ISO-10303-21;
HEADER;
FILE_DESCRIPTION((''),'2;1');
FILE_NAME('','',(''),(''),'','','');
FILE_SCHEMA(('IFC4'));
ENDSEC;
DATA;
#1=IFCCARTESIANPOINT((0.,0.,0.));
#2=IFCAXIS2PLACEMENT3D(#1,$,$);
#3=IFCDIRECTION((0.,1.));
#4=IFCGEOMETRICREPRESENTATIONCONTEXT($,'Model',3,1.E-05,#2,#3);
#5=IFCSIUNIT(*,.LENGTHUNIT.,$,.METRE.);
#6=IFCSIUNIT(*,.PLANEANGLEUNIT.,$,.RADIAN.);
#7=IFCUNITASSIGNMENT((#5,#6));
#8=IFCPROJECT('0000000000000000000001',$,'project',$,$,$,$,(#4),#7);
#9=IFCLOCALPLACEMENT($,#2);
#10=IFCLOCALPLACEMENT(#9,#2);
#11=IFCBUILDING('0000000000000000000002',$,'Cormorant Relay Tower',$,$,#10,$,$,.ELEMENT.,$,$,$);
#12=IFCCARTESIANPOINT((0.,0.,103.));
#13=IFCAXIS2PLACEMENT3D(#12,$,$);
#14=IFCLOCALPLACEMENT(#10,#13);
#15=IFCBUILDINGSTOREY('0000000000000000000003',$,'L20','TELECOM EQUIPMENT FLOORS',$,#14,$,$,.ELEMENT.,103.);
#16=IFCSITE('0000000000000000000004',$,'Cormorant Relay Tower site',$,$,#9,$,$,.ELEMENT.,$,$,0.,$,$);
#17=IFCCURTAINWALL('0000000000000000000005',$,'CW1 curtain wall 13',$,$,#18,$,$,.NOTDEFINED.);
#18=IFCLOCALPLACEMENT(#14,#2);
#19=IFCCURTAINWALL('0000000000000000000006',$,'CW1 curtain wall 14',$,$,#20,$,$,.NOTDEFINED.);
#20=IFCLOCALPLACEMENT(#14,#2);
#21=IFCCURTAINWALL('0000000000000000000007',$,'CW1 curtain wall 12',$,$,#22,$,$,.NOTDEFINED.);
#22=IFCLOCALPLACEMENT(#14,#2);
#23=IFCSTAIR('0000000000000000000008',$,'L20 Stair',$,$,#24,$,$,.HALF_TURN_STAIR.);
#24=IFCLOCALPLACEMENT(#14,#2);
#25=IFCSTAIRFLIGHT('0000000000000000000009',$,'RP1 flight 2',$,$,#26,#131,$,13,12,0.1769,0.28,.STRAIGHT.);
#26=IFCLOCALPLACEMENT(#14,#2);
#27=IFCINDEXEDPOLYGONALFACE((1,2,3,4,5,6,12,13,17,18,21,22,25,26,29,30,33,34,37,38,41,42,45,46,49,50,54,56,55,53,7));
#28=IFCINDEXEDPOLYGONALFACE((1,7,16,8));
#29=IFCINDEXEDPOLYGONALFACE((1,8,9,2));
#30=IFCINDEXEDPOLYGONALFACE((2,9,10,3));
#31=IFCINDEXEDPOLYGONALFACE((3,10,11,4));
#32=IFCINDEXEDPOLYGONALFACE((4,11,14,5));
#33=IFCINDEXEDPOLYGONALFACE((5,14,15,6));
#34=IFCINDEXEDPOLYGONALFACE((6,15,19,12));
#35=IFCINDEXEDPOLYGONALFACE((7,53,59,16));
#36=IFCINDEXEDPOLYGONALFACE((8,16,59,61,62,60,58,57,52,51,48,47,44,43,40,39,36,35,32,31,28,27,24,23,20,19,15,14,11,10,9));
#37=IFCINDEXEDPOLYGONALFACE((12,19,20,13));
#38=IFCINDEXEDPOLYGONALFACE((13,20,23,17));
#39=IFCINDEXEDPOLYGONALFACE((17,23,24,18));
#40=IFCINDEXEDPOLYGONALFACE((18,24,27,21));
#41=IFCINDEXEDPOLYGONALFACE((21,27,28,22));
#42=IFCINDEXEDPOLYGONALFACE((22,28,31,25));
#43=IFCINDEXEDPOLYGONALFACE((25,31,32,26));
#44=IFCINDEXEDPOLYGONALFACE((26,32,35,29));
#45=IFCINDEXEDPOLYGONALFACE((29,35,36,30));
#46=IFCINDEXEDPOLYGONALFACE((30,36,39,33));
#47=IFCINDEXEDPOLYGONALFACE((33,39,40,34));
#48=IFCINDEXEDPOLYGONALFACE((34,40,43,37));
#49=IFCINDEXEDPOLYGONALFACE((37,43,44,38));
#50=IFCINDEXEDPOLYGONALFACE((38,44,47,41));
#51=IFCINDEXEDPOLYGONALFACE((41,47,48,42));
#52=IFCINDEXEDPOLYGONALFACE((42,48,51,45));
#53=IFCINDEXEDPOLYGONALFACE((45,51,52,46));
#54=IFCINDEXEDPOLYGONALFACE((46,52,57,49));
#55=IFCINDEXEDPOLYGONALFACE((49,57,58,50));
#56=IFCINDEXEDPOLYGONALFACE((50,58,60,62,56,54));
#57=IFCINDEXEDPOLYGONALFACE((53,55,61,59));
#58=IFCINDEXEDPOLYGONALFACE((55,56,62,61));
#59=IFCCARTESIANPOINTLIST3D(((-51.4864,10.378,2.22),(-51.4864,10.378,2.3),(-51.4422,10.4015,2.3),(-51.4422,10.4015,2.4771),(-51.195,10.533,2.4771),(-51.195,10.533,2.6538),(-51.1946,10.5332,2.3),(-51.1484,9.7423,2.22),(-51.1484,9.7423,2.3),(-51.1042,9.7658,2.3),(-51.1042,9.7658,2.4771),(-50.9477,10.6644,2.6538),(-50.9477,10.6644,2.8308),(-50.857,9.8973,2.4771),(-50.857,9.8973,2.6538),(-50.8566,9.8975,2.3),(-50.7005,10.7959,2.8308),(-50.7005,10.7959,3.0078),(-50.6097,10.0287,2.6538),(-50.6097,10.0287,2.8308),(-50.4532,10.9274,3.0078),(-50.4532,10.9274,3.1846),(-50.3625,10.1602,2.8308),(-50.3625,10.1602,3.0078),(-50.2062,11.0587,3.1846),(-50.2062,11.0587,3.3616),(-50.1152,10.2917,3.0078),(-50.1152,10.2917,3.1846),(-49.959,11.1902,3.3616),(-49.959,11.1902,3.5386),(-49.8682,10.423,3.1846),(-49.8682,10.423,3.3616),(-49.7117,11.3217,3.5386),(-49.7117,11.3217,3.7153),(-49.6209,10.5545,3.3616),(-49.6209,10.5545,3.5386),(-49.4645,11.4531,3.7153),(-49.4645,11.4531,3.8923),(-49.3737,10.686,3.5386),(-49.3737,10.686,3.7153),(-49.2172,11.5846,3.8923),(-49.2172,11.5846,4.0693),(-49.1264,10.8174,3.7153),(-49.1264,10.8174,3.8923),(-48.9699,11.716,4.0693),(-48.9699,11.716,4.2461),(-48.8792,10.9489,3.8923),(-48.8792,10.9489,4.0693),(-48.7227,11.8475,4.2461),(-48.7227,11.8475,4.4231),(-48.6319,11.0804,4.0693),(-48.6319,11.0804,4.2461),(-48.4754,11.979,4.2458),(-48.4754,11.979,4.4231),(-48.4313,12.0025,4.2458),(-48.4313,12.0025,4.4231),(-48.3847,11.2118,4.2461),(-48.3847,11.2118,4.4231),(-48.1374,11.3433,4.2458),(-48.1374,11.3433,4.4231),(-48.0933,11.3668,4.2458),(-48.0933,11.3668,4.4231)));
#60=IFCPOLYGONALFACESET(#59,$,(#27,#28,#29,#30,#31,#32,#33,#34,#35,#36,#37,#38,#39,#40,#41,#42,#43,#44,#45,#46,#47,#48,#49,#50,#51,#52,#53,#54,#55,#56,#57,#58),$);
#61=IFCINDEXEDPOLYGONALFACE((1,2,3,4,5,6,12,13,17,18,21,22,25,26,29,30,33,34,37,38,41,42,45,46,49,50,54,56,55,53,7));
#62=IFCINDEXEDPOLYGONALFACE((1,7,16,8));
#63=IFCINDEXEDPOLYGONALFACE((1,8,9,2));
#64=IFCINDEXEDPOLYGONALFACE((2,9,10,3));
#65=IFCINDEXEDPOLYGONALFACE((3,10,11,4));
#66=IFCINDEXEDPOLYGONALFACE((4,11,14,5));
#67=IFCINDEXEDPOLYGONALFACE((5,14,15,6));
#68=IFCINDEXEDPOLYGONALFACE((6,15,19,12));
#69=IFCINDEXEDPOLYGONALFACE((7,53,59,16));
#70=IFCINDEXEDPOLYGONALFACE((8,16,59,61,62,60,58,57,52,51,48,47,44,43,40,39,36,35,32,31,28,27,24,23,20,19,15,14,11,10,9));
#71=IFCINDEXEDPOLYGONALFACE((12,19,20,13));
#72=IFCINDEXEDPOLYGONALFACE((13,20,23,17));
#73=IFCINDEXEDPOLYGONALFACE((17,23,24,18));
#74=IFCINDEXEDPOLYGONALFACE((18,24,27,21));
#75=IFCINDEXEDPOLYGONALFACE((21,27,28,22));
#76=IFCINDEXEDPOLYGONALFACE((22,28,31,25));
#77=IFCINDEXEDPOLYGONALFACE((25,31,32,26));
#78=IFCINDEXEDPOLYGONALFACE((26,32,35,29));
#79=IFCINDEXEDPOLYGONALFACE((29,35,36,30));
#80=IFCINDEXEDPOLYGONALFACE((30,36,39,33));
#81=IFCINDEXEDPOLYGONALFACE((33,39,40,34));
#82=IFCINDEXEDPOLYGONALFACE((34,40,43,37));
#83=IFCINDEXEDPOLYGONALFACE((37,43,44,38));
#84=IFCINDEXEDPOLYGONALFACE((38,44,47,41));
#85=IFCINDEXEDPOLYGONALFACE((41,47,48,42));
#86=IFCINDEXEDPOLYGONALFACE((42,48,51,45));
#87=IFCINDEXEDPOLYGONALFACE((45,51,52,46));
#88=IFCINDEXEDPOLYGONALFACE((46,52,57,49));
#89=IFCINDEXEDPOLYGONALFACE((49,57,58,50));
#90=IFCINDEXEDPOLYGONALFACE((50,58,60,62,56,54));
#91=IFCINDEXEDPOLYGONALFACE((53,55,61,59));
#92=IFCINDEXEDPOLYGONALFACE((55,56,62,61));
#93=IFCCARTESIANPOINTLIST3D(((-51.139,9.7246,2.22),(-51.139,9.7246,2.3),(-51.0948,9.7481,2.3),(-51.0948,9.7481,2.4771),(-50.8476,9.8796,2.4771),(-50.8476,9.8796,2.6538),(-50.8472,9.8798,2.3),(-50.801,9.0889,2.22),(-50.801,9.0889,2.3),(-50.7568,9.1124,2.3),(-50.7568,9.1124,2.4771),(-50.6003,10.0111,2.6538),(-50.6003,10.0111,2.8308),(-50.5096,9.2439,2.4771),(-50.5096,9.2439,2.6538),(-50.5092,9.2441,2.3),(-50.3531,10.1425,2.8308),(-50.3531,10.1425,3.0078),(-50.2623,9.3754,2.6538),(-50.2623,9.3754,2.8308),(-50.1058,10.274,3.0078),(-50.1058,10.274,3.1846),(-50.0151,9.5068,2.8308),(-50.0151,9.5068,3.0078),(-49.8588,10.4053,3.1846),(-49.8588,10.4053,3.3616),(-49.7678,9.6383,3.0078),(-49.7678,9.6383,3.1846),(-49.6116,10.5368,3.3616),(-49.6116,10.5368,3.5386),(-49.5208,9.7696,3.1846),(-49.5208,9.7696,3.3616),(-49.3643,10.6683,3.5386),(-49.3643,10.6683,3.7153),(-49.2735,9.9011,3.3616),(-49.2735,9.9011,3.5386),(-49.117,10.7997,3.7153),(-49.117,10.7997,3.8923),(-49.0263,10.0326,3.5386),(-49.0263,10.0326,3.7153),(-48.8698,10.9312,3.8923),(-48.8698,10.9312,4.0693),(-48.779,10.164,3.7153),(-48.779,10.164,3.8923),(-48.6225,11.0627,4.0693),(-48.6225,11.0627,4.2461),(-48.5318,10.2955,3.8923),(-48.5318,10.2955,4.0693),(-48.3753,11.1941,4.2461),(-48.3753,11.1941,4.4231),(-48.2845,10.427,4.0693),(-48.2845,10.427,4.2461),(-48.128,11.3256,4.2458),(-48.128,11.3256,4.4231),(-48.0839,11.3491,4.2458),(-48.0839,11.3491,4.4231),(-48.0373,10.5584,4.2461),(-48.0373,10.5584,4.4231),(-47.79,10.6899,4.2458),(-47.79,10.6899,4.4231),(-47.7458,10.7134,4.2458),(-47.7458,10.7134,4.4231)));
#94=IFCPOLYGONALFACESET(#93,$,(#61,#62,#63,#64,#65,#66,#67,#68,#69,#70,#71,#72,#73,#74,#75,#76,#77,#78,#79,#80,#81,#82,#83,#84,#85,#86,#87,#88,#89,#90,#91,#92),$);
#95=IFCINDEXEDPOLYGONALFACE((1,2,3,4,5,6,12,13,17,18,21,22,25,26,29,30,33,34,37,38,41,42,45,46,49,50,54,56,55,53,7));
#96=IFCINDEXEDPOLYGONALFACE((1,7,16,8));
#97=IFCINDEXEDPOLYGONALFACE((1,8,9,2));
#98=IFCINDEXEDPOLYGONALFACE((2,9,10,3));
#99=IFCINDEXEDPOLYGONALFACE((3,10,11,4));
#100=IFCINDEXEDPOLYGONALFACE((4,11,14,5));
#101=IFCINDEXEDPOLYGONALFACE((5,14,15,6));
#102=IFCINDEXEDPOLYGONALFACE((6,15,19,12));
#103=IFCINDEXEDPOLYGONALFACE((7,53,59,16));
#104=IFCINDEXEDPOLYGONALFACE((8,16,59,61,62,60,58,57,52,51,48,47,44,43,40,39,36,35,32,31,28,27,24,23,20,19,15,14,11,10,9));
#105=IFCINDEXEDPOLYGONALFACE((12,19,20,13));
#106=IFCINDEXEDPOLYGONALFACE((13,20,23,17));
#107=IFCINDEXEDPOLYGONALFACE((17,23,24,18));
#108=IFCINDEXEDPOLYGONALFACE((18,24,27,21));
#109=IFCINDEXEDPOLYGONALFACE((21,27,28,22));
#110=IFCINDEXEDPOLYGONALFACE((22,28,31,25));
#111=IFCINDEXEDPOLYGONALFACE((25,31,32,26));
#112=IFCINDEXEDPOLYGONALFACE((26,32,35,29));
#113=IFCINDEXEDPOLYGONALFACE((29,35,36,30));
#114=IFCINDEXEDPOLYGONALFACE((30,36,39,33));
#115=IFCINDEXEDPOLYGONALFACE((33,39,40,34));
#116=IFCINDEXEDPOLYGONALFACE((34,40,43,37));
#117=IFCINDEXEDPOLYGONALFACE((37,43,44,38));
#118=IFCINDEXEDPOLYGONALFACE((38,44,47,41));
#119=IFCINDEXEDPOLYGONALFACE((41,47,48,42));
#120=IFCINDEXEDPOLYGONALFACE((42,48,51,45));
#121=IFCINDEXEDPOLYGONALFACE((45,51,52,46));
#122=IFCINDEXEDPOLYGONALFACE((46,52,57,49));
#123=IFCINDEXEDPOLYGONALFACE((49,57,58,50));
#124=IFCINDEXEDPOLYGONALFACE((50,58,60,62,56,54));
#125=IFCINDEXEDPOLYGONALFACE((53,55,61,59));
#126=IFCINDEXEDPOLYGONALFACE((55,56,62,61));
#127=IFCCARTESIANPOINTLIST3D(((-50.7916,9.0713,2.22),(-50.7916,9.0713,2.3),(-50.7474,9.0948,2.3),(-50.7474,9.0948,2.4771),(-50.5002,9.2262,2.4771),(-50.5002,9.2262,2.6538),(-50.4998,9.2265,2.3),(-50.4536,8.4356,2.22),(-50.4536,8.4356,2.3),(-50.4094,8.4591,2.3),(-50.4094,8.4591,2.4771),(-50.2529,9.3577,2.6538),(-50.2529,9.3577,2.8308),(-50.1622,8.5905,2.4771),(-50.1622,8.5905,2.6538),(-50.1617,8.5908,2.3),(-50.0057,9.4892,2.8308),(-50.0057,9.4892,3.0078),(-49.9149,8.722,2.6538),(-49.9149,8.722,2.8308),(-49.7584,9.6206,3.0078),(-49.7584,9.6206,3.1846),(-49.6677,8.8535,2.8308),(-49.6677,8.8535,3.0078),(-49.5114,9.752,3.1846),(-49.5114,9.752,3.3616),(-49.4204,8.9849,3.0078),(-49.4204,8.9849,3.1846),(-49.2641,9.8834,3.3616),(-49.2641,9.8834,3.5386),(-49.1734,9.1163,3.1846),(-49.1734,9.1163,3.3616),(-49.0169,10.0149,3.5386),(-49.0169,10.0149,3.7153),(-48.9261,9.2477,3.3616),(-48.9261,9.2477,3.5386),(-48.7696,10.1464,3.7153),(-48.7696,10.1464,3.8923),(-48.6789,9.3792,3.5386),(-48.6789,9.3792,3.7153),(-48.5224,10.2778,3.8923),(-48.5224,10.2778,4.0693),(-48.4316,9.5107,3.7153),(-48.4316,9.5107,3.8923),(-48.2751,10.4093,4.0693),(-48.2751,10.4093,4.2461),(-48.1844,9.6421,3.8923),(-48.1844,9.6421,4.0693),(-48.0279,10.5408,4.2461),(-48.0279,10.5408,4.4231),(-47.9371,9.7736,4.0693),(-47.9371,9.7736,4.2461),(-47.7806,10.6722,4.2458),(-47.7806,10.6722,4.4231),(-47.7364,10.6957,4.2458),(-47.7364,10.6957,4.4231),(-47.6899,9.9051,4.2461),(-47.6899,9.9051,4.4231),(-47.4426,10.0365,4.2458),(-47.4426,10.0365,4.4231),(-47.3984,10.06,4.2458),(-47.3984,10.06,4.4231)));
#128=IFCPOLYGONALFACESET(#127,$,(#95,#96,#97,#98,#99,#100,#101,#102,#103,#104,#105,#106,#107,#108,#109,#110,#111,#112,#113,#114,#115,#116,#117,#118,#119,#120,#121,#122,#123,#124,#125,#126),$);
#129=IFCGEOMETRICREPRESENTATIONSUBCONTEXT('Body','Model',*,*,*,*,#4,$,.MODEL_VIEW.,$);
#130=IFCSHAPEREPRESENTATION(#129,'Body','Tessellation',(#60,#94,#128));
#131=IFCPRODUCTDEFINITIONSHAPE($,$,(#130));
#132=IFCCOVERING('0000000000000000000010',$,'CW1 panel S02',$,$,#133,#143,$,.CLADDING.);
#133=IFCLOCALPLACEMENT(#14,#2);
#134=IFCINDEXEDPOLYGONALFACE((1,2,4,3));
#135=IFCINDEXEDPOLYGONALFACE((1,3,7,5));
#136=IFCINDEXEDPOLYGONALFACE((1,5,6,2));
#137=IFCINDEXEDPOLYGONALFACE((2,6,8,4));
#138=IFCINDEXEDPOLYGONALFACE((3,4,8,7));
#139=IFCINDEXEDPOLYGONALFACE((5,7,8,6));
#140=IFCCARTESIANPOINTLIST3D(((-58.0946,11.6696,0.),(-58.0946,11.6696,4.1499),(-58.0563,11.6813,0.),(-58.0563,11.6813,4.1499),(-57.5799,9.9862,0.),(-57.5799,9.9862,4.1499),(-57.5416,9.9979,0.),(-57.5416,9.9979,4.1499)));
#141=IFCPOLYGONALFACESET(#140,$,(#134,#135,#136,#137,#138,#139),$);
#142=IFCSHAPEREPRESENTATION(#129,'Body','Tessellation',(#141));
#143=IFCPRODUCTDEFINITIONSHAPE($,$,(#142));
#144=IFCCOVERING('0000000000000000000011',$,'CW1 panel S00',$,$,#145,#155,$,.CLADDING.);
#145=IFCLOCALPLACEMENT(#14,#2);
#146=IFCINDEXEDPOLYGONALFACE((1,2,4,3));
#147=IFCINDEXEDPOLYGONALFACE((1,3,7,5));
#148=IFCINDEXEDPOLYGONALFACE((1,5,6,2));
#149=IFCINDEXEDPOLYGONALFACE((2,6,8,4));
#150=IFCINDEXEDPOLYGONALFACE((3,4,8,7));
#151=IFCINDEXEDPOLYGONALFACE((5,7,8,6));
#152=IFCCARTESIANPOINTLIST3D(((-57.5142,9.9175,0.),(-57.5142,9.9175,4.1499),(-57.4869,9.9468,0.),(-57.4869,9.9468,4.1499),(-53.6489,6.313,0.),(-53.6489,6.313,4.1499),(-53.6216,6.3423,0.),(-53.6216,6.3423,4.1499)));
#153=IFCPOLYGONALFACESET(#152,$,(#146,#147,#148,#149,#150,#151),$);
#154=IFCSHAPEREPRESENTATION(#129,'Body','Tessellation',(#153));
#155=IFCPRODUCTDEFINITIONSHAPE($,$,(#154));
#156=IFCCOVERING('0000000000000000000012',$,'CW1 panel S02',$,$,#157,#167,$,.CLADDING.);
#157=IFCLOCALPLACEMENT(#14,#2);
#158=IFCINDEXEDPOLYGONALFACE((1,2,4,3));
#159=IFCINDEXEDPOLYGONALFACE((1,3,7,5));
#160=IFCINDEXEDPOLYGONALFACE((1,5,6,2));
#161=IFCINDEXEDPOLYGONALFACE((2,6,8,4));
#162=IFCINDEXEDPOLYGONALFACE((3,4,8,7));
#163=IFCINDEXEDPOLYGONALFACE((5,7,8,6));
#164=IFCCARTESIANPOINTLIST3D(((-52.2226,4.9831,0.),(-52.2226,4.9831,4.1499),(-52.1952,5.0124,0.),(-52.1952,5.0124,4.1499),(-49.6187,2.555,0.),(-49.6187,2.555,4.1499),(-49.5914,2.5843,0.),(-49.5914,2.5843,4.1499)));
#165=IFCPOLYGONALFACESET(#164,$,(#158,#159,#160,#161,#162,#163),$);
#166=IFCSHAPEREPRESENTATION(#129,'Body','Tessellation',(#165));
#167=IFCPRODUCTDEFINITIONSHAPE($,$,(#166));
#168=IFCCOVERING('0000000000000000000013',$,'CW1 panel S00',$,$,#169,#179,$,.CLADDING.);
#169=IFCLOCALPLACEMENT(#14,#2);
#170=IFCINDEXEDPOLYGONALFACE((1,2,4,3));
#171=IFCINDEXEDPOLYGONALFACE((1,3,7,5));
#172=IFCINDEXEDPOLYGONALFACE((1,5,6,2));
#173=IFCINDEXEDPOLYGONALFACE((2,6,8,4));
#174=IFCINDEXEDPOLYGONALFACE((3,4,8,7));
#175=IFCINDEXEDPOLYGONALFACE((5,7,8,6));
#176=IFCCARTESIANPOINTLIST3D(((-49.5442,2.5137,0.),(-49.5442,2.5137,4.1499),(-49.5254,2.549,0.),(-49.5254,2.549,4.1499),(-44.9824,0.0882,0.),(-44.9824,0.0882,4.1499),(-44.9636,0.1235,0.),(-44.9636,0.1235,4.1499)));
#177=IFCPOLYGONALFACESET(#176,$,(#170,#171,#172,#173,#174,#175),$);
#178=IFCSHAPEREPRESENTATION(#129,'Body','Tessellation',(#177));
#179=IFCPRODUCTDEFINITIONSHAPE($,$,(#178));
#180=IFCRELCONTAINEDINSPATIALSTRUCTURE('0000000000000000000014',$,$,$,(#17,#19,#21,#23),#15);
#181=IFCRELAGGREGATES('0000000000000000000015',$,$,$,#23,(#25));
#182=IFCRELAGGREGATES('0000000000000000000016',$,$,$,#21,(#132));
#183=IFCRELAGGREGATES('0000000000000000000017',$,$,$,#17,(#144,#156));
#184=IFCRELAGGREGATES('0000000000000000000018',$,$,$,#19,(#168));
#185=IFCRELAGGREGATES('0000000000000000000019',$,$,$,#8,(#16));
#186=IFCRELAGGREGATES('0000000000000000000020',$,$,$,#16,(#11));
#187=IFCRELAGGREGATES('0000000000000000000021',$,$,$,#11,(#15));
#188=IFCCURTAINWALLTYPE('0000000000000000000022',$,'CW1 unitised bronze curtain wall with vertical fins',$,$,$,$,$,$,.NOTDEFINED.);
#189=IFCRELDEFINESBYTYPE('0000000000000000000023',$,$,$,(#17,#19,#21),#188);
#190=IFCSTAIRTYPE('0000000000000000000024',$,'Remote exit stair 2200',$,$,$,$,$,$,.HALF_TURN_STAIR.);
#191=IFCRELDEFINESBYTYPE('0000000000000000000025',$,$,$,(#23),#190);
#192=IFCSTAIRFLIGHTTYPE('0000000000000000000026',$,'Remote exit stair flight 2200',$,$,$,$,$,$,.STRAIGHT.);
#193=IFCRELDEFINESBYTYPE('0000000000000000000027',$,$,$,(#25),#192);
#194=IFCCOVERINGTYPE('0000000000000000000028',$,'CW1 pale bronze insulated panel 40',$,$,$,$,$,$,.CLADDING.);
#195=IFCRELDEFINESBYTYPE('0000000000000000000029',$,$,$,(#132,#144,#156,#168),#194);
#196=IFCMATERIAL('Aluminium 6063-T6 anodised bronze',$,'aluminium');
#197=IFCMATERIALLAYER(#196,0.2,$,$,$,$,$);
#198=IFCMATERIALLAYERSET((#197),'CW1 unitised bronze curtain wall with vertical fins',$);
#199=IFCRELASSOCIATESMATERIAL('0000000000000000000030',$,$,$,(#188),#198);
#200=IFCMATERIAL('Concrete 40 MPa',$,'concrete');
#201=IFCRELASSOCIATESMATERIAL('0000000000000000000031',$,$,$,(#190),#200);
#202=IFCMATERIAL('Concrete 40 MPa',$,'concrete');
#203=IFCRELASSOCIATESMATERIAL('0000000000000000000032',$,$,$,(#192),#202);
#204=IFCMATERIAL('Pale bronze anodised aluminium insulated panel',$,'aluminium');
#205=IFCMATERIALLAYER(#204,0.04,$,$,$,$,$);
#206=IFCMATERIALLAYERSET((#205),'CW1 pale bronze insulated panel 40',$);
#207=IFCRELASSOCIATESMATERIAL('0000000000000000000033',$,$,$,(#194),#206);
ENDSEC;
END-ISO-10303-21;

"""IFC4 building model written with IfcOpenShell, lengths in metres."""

from ifc_helpers import new_model, si_unit, direction, frame, origin, origin_2d, place, context, subcontext, project, spatial, polyline, rectangle, outline, extrude, material, layer, layer_set, type_object, element, aggregate, save


model = new_model("IFC4")

# Units and contexts
model_context = context("Model", 3, precision=1e-05, world=origin(), true_north=direction((0.0, 1.0)))
body_context = subcontext(model_context, "Body", "Model", "MODEL_VIEW")
ifc_project = project(units=[si_unit("LENGTHUNIT", "METRE"), si_unit("PLANEANGLEUNIT", "RADIAN")], contexts=[model_context])

# Site, building, storey
site_placement = place(None, origin())
site = spatial("IfcSite", under=ifc_project, at=site_placement, Name="Cormorant Relay Tower site", CompositionType="ELEMENT", RefElevation=0.0)
building_placement = place(site_placement, origin())
building = spatial("IfcBuilding", under=site, at=building_placement, Name="Cormorant Relay Tower", CompositionType="ELEMENT")
storey_placement = place(building_placement, frame((0.0, 0.0, 103.0)))
storey = spatial("IfcBuildingStorey", under=building, at=storey_placement, Name="L20", Description="TELECOM EQUIPMENT FLOORS", CompositionType="ELEMENT", Elevation=103.0)

# Curtain wall
ifc_material_1 = material(Name="Aluminium 6063-T6 anodised bronze", Category="aluminium")
ifc_layer_1 = layer(ifc_material_1, 0.2)
ifc_layer_set_1 = layer_set([ifc_layer_1], Name="CW1 unitised bronze curtain wall with vertical fins")
curtain_wall_type = type_object("IfcCurtainWallType", Name="CW1 unitised bronze curtain wall with vertical fins", PredefinedType="NOTDEFINED", material=ifc_layer_set_1)
curtain_wall_1_placement = place(storey_placement, origin())
curtain_wall_1 = element("IfcCurtainWall", 1, at=curtain_wall_1_placement, inside=storey, type_object=curtain_wall_type, Name="CW1 curtain wall 13", PredefinedType="NOTDEFINED")

# Curtain wall
curtain_wall_2_placement = place(storey_placement, origin())
curtain_wall_2 = element("IfcCurtainWall", 2, at=curtain_wall_2_placement, inside=storey, type_object=curtain_wall_type, Name="CW1 curtain wall 14", PredefinedType="NOTDEFINED")

# Curtain wall
curtain_wall_3_placement = place(storey_placement, origin())
curtain_wall_3 = element("IfcCurtainWall", 3, at=curtain_wall_3_placement, inside=storey, type_object=curtain_wall_type, Name="CW1 curtain wall 12", PredefinedType="NOTDEFINED")

# Stair, stair flight
ifc_material_2 = material(Name="Concrete 40 MPa", Category="concrete")
stair_type = type_object("IfcStairType", Name="Remote exit stair 2200", PredefinedType="HALF_TURN_STAIR", material=ifc_material_2)
stair_placement = place(storey_placement, origin())
stair = element("IfcStair", 4, at=stair_placement, inside=storey, type_object=stair_type, Name="L20 Stair", PredefinedType="HALF_TURN_STAIR")
ifc_material_3 = material(Name="Concrete 40 MPa", Category="concrete")
stair_flight_type = type_object("IfcStairFlightType", Name="Remote exit stair flight 2200", PredefinedType="STRAIGHT", material=ifc_material_3)
stair_flight_1_placement = place(storey_placement, frame((-50.9258, 9.4302, 2.3), z_axis=(0.0, 0.0, 1.0), x_axis=(0.882948, 0.469472, 0.0)))
stair_flight_1 = element("IfcStairFlight", 5, at=stair_flight_1_placement, type_object=stair_flight_type, Name="RP1 flight 2", NumberOfRisers=13, NumberOfTreads=12, PredefinedType="STRAIGHT", RiserHeight=0.1769, TreadLength=0.28, context=body_context, shape_type="SweptSolid", body=[
    extrude(outline(polyline([(-0.05, -0.0801), (-0.05, 0.0), (0.0, 0.0), (0.0, 0.177), (0.28, 0.177), (0.28, 0.3538), (0.5601, 0.3538), (0.5601, 0.5308), (0.8401, 0.5308), (0.8401, 0.7078), (1.1201, 0.7078), (1.1201, 0.8845), (1.3999, 0.8845), (1.3999, 1.0615), (1.6799, 1.0615), (1.6799, 1.2385), (1.96, 1.2385), (1.96, 1.4153), (2.24, 1.4153), (2.24, 1.5923), (2.52, 1.5923), (2.52, 1.7693), (2.8, 1.7693), (2.8, 1.946), (3.0801, 1.946), (3.0801, 2.123), (3.3601, 2.123), (3.4102, 2.123), (3.4102, 1.9458), (3.3601, 1.9458), (0.2805, 0.0), (-0.05, -0.0801)])), frame((0.0, 1.1001, 0.0), z_axis=(0.0, -1.0, 0.0), x_axis=(1.0, 0.0, 0.0)), (0.0, 0.0, 1.0), 0.72),
    extrude(outline(polyline([(-0.05, -0.0801), (-0.05, 0.0), (0.0, 0.0), (0.0, 0.177), (0.28, 0.177), (0.28, 0.3538), (0.5601, 0.3538), (0.5601, 0.5308), (0.8401, 0.5308), (0.8401, 0.7078), (1.1201, 0.7078), (1.1201, 0.8845), (1.3999, 0.8845), (1.3999, 1.0615), (1.6799, 1.0615), (1.6799, 1.2385), (1.96, 1.2385), (1.96, 1.4153), (2.24, 1.4153), (2.24, 1.5923), (2.52, 1.5923), (2.52, 1.7693), (2.8, 1.7693), (2.8, 1.946), (3.0801, 1.946), (3.0801, 2.123), (3.3601, 2.123), (3.4102, 2.123), (3.4102, 1.9458), (3.3601, 1.9458), (0.2805, 0.0), (-0.05, -0.0801)])), frame((0.0, 0.3601, 0.0), z_axis=(0.0, -1.0, 0.0), x_axis=(1.0, 0.0, 0.0)), (0.0, 0.0, 1.0), 0.72),
    extrude(outline(polyline([(-0.05, -0.0801), (-0.05, 0.0), (0.0, 0.0), (0.0, 0.177), (0.28, 0.177), (0.28, 0.3538), (0.5601, 0.3538), (0.5601, 0.5308), (0.8401, 0.5308), (0.8401, 0.7078), (1.1201, 0.7078), (1.1201, 0.8845), (1.3999, 0.8845), (1.3999, 1.0615), (1.6799, 1.0615), (1.6799, 1.2385), (1.96, 1.2385), (1.96, 1.4153), (2.24, 1.4153), (2.24, 1.5923), (2.52, 1.5923), (2.52, 1.7693), (2.8, 1.7693), (2.8, 1.946), (3.0801, 1.946), (3.0801, 2.123), (3.3601, 2.123), (3.4102, 2.123), (3.4102, 1.9458), (3.3601, 1.9458), (0.2805, 0.0), (-0.05, -0.0801)])), frame((0.0, -0.3799, 0.0), z_axis=(0.0, -1.0, 0.0), x_axis=(1.0, 0.0, 0.0)), (0.0, 0.0, 1.0), 0.72),
])
aggregate(stair, [stair_flight_1])

# Coverings
ifc_material_4 = material(Name="Pale bronze anodised aluminium insulated panel", Category="aluminium")
ifc_layer_2 = layer(ifc_material_4, 0.04)
ifc_layer_set_2 = layer_set([ifc_layer_2], Name="CW1 pale bronze insulated panel 40")
covering_type = type_object("IfcCoveringType", Name="CW1 pale bronze insulated panel 40", PredefinedType="CLADDING", material=ifc_layer_set_2)
covering_1_placement = place(storey_placement, frame((-57.8181, 10.8337, 0.0), z_axis=(0.0, 0.0, 1.0), x_axis=(0.292372, -0.956305, 0.0)))
covering_1 = element("IfcCovering", 6, at=covering_1_placement, type_object=covering_type, Name="CW1 panel S02", PredefinedType="CLADDING", context=body_context, shape_type="SweptSolid", body=[
    extrude(rectangle(XDim=1.7603, YDim=0.04, at=origin_2d()), origin(), (0.0, 0.0, 1.0), 4.1499),
])
aggregate(curtain_wall_3, [covering_1])
covering_2_placement = place(storey_placement, frame((-55.5679, 8.1299, 0.0), z_axis=(0.0, 0.0, 1.0), x_axis=(0.731354, -0.681998, 0.0)))
covering_2 = element("IfcCovering", 7, at=covering_2_placement, type_object=covering_type, Name="CW1 panel S00", PredefinedType="CLADDING", context=body_context, shape_type="SweptSolid", body=[
    extrude(rectangle(XDim=5.2852, YDim=0.04, at=origin_2d()), origin(), (0.0, 0.0, 1.0), 4.1499),
])
covering_3_placement = place(storey_placement, frame((-50.907, 3.7837, 0.0), z_axis=(0.0, 0.0, 1.0), x_axis=(0.731354, -0.681998, 0.0)))
covering_3 = element("IfcCovering", 8, at=covering_3_placement, type_object=covering_type, Name="CW1 panel S02", PredefinedType="CLADDING", context=body_context, shape_type="SweptSolid", body=[
    extrude(rectangle(XDim=3.5603, YDim=0.04, at=origin_2d()), origin(), (0.0, 0.0, 1.0), 4.1499),
])
aggregate(curtain_wall_1, [covering_2, covering_3])
covering_4_placement = place(storey_placement, frame((-47.2539, 1.3186, 0.0), z_axis=(0.0, 0.0, 1.0), x_axis=(0.882948, -0.469472, 0.0)))
covering_4 = element("IfcCovering", 9, at=covering_4_placement, type_object=covering_type, Name="CW1 panel S00", PredefinedType="CLADDING", context=body_context, shape_type="SweptSolid", body=[
    extrude(rectangle(XDim=5.1665, YDim=0.04, at=origin_2d()), origin(), (0.0, 0.0, 1.0), 4.1499),
])
aggregate(curtain_wall_2, [covering_4])

save(model, "model.ifc")
